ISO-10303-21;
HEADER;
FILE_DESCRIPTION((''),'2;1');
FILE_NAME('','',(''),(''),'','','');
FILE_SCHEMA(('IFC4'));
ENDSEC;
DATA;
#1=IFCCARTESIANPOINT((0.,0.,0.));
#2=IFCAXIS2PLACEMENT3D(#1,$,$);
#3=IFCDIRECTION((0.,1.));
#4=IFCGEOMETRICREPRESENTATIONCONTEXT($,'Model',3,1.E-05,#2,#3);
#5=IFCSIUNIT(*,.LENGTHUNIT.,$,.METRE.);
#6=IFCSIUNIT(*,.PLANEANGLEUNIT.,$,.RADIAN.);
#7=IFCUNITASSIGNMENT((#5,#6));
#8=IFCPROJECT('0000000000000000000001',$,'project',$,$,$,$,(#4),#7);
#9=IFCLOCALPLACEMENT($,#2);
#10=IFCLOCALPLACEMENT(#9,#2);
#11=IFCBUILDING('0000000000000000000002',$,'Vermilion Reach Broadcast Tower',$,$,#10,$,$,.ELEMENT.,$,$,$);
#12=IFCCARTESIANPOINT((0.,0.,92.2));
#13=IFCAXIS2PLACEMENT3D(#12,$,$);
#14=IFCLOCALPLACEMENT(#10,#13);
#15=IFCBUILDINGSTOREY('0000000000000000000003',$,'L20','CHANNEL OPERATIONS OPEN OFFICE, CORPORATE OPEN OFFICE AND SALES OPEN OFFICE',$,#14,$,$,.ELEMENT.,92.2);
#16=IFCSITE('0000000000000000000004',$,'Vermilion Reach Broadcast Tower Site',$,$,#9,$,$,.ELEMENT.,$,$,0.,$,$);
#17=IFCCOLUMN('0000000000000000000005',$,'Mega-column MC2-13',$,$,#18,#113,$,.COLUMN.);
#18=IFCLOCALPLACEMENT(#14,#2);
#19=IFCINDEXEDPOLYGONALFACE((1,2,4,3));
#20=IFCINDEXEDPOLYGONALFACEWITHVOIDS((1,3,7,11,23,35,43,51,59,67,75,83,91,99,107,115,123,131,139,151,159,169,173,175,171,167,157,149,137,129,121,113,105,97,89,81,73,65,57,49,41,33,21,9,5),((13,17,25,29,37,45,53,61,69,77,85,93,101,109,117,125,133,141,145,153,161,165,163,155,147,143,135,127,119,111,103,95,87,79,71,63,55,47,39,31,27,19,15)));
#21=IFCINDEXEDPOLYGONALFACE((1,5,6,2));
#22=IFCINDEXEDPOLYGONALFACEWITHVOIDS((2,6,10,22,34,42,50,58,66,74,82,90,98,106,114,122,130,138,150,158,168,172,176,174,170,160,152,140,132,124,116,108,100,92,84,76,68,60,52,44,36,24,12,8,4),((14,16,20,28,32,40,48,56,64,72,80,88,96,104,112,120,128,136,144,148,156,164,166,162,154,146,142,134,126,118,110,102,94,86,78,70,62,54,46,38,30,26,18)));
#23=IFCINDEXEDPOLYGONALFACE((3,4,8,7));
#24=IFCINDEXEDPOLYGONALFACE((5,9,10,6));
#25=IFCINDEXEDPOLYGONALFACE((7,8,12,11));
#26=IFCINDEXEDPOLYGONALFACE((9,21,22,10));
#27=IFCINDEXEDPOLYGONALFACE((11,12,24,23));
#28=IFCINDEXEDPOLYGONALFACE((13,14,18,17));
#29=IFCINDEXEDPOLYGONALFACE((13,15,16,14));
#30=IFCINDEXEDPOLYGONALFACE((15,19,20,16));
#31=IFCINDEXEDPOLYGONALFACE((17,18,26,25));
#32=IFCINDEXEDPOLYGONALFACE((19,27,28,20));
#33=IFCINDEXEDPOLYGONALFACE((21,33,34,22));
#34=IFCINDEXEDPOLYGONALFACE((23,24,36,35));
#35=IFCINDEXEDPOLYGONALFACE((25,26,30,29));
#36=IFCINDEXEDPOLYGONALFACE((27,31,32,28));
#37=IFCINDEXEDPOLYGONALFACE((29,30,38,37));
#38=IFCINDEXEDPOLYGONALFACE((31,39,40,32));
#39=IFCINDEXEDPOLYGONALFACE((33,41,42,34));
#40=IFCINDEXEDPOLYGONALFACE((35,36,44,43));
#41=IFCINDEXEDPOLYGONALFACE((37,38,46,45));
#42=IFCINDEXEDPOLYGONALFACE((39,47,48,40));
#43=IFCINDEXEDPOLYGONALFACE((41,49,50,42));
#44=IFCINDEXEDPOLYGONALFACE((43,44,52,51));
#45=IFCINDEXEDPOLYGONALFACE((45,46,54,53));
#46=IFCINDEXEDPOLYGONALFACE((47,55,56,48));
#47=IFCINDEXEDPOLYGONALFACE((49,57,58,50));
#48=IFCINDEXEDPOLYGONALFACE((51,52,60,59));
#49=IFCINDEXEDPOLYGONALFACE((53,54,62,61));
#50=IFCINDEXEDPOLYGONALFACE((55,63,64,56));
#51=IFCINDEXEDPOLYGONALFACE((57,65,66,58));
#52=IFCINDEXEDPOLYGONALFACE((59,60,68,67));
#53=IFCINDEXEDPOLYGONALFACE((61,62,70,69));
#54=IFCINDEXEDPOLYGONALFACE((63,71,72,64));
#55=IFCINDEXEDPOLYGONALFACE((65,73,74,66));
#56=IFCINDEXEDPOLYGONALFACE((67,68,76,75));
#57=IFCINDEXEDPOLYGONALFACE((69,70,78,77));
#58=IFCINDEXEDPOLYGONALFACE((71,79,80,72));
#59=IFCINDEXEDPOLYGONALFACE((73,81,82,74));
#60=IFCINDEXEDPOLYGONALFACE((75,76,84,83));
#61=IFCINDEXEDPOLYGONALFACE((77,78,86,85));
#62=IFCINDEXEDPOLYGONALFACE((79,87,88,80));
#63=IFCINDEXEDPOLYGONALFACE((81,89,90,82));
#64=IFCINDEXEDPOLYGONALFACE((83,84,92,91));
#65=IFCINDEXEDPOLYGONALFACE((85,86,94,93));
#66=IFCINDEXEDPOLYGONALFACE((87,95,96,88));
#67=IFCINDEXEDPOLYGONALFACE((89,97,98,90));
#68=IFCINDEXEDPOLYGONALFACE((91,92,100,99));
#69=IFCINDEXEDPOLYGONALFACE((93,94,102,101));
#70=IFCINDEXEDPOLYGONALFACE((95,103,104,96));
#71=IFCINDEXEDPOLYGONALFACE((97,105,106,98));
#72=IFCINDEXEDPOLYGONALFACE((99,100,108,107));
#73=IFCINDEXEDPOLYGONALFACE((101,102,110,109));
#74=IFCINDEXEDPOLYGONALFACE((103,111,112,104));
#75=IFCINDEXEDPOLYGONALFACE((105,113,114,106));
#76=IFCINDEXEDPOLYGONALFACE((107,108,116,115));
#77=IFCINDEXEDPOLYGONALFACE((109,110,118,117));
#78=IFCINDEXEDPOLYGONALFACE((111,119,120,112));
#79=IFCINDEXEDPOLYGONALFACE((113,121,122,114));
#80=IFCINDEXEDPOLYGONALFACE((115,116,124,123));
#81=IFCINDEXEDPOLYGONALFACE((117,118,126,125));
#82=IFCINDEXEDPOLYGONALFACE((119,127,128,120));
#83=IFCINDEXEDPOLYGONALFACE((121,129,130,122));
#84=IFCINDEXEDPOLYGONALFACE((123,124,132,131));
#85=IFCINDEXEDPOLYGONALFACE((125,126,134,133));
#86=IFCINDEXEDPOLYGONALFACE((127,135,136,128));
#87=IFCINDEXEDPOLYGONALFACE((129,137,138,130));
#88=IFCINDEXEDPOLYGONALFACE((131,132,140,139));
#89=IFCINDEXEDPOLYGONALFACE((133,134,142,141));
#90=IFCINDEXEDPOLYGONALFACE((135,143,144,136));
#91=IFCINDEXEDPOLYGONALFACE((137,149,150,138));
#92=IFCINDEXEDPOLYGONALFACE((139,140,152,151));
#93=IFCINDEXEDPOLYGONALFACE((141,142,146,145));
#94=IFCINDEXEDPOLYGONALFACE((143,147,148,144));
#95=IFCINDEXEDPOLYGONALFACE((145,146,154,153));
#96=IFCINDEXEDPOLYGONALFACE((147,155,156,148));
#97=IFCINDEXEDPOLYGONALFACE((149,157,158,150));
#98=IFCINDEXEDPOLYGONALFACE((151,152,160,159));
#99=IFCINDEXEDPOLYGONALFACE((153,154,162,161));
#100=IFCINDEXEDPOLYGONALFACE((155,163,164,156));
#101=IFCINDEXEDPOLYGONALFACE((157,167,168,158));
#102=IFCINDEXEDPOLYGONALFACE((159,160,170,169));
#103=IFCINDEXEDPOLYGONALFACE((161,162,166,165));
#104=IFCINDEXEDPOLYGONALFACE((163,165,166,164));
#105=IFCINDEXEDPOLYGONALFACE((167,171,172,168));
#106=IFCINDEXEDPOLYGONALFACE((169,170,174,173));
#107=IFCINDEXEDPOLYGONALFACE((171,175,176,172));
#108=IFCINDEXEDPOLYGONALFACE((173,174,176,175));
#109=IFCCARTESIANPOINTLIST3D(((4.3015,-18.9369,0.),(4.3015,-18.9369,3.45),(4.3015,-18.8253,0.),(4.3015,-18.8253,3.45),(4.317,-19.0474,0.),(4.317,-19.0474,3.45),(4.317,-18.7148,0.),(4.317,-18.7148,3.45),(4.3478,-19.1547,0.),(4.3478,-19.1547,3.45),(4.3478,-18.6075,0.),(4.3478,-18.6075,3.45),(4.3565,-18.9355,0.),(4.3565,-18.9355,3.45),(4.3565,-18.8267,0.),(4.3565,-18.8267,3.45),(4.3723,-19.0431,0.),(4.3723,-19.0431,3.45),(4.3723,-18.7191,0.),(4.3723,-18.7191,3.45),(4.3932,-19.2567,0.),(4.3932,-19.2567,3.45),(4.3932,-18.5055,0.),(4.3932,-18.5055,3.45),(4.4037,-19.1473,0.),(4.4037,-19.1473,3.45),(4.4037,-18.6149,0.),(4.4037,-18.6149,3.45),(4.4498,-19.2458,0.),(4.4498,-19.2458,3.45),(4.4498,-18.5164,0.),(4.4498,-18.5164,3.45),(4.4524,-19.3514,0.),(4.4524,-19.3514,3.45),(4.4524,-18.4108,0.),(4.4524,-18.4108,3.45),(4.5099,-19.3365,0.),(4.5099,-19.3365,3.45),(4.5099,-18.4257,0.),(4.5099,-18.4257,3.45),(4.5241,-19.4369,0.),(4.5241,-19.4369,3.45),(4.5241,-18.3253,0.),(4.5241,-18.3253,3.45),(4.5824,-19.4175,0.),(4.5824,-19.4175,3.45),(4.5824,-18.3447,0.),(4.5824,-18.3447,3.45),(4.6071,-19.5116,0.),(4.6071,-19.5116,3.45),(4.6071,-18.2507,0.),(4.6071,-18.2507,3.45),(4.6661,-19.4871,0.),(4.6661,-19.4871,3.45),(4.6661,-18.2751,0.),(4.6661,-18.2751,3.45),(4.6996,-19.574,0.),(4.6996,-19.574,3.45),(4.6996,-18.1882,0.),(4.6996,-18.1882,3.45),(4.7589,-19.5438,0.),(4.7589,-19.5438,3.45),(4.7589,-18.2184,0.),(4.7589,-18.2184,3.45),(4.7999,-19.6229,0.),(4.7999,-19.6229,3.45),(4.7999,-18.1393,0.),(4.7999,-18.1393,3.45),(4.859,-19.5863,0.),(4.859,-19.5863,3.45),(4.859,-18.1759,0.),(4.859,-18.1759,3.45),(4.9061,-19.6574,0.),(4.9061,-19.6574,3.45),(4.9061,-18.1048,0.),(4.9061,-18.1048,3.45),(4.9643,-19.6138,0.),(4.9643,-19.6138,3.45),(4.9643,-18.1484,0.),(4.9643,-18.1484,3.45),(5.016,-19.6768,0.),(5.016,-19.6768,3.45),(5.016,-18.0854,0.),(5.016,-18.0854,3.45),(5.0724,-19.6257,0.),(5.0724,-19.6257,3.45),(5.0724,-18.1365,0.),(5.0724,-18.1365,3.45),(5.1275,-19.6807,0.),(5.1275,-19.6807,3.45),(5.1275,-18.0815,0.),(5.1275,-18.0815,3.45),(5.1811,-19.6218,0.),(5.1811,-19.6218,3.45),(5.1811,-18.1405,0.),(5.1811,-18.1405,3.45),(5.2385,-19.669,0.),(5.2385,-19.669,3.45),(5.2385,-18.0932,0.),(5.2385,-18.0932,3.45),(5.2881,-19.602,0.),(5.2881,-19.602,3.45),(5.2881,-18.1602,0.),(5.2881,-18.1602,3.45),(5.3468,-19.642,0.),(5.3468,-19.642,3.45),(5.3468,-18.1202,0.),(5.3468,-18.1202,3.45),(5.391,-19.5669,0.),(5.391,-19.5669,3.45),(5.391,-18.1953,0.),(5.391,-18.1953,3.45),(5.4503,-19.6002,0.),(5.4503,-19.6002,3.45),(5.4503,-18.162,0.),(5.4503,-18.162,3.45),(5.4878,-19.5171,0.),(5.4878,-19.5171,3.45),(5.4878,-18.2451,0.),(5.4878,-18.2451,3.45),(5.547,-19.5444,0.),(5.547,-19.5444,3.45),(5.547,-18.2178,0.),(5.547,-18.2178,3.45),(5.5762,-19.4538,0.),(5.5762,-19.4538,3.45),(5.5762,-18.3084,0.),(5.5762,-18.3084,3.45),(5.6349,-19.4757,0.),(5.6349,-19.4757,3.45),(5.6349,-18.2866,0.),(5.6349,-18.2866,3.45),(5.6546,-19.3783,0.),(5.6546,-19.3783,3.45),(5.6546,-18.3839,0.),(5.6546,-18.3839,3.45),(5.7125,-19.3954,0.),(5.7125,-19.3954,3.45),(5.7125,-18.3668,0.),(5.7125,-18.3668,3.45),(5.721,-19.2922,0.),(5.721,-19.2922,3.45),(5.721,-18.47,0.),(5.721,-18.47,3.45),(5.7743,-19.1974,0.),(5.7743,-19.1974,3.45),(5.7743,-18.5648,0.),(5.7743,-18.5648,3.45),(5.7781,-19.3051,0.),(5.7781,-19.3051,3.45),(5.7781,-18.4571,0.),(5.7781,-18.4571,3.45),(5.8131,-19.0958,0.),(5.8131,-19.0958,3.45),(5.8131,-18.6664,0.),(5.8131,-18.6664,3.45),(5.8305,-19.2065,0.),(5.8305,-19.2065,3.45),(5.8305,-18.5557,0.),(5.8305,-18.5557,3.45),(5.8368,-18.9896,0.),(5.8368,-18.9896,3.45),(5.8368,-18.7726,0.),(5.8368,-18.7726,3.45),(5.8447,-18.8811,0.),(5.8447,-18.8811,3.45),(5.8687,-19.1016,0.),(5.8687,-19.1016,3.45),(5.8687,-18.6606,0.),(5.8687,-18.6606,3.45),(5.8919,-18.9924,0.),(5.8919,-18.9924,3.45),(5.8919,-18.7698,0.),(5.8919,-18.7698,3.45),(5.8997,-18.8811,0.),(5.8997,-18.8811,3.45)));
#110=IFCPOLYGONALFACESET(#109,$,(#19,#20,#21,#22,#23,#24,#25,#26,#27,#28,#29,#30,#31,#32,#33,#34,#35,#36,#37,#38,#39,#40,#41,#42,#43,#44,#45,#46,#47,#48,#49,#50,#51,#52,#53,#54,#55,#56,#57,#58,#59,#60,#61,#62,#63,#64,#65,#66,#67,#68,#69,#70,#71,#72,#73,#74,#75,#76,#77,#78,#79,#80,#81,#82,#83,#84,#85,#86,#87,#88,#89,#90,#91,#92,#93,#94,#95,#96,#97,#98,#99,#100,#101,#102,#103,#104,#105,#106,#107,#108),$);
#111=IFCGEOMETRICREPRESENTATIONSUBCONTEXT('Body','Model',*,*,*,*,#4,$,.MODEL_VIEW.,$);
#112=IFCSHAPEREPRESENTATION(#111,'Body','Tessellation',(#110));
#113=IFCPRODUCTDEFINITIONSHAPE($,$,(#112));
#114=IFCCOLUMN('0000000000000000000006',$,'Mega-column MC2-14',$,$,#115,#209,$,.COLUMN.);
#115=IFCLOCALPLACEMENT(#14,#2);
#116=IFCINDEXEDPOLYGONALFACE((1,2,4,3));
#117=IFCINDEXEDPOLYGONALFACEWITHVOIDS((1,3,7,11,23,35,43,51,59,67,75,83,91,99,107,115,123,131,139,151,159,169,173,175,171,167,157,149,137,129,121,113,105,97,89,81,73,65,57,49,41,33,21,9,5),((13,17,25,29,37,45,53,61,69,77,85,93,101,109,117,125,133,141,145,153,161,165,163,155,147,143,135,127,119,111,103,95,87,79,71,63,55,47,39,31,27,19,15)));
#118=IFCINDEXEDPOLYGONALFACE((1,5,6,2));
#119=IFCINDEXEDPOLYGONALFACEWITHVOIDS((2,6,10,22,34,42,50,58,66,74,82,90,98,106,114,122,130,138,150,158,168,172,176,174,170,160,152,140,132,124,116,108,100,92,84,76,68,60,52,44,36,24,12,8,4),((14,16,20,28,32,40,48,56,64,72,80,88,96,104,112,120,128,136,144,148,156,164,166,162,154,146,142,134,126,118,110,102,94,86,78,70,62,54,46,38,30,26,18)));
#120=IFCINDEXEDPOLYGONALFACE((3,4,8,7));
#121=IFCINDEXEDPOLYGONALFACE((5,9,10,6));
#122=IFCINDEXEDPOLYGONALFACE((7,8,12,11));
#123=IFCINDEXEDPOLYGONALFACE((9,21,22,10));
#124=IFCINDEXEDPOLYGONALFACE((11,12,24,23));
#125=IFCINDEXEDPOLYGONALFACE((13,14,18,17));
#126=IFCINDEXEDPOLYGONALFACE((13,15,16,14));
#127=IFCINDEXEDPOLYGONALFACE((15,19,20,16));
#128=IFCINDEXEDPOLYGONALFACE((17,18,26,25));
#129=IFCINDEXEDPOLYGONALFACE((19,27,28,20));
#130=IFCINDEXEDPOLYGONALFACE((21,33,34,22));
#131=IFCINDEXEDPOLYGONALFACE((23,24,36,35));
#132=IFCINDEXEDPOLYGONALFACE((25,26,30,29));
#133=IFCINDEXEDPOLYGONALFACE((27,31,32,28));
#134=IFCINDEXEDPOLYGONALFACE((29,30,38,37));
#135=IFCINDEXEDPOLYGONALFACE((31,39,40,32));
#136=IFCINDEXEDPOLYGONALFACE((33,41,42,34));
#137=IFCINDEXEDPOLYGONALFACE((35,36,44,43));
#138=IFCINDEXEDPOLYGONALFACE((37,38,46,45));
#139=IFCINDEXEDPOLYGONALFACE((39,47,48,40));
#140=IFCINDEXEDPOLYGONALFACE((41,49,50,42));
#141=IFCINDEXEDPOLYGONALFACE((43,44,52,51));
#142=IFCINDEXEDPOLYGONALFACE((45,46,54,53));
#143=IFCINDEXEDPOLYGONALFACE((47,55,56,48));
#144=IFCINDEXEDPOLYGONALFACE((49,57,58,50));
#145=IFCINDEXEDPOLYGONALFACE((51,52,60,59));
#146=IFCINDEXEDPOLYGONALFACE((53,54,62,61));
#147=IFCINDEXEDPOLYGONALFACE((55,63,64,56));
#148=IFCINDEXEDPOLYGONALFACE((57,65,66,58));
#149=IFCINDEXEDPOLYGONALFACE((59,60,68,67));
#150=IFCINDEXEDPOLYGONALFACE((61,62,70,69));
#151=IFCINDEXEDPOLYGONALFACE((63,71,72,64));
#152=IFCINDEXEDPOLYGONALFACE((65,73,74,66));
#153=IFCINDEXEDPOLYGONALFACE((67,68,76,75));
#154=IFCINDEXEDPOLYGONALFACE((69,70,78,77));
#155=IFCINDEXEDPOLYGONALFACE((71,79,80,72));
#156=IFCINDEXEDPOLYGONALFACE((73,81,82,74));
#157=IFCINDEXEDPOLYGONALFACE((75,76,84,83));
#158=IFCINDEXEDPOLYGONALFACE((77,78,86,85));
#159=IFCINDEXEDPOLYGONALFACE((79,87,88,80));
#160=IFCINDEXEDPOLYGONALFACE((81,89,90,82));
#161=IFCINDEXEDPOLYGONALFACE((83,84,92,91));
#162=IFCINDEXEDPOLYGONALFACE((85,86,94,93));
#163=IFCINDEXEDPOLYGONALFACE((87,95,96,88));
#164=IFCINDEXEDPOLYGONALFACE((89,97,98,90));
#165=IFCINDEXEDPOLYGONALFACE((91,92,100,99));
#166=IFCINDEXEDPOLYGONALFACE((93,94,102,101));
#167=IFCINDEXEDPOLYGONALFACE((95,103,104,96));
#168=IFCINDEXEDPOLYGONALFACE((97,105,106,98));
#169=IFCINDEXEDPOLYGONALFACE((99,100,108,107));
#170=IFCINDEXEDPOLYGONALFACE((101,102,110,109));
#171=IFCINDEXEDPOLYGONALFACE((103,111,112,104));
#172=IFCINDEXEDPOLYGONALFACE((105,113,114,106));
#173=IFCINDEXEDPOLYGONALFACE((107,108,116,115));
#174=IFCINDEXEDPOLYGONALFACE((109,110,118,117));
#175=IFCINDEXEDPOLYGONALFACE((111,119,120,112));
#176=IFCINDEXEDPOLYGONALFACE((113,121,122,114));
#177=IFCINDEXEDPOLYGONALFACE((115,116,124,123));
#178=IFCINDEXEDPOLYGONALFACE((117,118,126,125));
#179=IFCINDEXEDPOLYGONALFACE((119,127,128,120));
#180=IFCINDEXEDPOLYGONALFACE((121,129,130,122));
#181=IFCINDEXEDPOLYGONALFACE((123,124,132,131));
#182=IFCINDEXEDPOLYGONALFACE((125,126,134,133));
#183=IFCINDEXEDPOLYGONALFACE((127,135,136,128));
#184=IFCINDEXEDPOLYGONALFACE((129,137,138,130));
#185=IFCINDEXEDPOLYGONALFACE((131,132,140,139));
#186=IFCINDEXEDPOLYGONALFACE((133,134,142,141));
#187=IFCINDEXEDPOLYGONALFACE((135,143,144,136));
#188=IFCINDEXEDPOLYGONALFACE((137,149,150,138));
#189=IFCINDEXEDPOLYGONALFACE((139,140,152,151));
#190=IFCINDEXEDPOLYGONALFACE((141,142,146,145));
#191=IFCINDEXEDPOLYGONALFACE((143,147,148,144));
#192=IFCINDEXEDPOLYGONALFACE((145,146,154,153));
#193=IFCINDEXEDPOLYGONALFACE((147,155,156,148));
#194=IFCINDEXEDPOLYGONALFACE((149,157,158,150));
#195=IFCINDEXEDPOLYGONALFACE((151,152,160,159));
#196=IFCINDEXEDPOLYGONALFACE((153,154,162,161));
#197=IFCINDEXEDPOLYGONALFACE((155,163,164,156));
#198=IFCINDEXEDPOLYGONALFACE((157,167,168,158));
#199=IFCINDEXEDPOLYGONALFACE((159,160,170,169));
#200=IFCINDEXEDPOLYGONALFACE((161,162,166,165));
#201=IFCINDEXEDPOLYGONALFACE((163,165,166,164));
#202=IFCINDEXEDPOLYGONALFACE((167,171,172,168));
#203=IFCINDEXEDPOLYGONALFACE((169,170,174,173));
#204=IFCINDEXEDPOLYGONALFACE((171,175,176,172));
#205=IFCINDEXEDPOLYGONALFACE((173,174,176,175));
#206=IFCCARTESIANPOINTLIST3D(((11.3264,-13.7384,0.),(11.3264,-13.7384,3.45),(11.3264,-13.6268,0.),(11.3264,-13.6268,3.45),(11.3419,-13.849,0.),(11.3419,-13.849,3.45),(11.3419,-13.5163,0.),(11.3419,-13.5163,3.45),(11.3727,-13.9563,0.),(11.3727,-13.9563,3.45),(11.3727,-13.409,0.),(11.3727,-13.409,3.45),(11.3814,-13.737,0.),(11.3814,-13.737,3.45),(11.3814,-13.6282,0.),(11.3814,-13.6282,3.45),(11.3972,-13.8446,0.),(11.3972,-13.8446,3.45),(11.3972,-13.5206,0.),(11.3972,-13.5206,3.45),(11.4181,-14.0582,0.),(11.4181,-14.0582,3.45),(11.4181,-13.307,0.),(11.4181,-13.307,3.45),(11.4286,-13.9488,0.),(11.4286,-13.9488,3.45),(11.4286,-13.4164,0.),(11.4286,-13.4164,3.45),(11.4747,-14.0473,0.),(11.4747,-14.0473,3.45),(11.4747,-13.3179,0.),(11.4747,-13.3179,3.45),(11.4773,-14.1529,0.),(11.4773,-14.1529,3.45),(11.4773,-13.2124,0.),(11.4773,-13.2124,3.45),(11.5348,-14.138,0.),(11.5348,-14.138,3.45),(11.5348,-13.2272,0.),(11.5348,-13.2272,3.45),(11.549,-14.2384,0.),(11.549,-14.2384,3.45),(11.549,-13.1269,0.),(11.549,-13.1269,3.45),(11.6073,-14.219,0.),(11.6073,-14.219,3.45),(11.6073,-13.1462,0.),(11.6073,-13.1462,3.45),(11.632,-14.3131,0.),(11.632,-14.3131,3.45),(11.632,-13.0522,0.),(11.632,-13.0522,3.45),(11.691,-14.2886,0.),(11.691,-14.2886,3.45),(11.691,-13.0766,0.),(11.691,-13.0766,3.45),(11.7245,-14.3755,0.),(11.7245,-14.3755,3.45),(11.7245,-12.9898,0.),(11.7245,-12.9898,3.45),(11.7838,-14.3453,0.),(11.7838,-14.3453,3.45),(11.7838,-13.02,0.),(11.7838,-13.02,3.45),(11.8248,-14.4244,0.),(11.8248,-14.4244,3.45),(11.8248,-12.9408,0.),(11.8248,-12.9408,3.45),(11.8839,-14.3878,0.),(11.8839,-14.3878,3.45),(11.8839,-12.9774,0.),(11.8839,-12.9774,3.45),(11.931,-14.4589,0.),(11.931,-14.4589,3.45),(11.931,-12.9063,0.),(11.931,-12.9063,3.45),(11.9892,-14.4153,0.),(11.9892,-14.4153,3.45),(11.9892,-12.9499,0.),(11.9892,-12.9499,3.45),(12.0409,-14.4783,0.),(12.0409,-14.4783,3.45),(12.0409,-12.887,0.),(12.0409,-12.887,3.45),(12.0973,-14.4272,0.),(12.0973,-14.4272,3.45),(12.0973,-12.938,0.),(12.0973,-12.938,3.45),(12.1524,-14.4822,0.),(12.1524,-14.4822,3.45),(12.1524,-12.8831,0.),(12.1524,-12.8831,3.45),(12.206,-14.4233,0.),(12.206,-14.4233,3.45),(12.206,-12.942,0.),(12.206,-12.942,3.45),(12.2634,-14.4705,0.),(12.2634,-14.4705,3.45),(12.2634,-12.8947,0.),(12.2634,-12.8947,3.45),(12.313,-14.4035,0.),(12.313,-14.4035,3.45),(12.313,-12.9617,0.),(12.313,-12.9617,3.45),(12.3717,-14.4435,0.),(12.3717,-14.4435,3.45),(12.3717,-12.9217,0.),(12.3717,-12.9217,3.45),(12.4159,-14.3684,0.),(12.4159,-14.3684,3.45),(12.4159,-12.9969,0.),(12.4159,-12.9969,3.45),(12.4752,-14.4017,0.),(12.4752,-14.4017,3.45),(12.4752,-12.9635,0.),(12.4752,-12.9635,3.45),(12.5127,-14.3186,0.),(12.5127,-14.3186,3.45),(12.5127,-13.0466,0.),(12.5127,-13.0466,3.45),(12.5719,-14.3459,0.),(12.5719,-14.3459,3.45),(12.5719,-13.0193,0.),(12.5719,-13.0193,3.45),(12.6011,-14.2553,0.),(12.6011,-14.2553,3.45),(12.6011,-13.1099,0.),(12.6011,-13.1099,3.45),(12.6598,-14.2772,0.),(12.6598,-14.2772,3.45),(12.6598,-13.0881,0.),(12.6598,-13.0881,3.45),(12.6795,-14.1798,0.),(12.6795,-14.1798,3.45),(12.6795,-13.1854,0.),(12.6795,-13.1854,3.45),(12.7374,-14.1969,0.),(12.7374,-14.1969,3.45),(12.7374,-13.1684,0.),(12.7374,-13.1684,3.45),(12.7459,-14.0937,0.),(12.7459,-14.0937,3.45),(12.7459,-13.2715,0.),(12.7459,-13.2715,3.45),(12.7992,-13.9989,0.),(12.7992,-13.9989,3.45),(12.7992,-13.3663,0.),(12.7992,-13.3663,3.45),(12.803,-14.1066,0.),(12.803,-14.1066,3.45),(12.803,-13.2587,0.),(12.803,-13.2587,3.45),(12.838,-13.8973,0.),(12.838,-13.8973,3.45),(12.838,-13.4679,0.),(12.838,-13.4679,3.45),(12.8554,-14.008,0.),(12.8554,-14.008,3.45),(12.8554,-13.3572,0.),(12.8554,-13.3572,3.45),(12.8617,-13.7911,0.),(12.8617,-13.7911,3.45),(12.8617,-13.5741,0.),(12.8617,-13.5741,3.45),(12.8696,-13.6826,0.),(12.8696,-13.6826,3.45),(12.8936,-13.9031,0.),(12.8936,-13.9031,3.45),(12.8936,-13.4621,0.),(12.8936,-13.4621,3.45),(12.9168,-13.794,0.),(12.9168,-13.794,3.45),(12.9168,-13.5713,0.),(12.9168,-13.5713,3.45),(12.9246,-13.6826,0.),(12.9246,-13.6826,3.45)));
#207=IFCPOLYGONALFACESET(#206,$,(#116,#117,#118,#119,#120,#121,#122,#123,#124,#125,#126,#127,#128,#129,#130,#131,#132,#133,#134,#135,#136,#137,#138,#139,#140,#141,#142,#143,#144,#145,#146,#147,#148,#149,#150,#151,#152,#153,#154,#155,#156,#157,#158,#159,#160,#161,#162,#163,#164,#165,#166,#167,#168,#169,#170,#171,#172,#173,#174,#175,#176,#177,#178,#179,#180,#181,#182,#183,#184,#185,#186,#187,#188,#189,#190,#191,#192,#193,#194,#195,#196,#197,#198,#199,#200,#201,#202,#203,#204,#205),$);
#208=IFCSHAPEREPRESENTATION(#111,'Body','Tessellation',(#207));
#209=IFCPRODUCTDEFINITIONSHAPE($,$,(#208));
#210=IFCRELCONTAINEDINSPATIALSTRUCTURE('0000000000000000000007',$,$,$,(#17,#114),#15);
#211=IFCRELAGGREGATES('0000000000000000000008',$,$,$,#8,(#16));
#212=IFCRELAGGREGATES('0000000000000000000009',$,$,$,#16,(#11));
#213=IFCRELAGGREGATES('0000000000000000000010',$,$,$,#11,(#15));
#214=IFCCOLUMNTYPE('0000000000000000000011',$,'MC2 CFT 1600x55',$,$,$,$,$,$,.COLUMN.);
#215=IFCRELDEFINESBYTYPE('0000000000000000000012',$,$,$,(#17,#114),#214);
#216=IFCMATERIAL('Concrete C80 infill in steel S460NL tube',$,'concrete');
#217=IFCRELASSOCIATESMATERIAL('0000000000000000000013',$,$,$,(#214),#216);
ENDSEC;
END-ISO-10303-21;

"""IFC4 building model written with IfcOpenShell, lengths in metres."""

from ifc_helpers import new_model, si_unit, direction, frame, origin, origin_2d, place, context, subcontext, project, spatial, hollow_circle, extrude, material, material_profile, profile_set, type_object, element, save


model = new_model("IFC4")

# Units and contexts
model_context = context("Model", 3, precision=1e-05, world=origin(), true_north=direction((0.0, 1.0)))
body_context = subcontext(model_context, "Body", "Model", "MODEL_VIEW")
ifc_project = project(units=[si_unit("LENGTHUNIT", "METRE"), si_unit("PLANEANGLEUNIT", "RADIAN")], contexts=[model_context])

# Site, building, storey
site_placement = place(None, origin())
site = spatial("IfcSite", under=ifc_project, at=site_placement, Name="Vermilion Reach Broadcast Tower Site", CompositionType="ELEMENT", RefElevation=0.0)
building_placement = place(site_placement, origin())
building = spatial("IfcBuilding", under=site, at=building_placement, Name="Vermilion Reach Broadcast Tower", CompositionType="ELEMENT")
storey_placement = place(building_placement, frame((0.0, 0.0, 92.2)))
storey = spatial("IfcBuildingStorey", under=building, at=storey_placement, Name="L20", Description="CHANNEL OPERATIONS OPEN OFFICE, CORPORATE OPEN OFFICE AND SALES OPEN OFFICE", CompositionType="ELEMENT", Elevation=92.2)

# Columns
ifc_material_1 = material(Name="Concrete C80 infill in steel S460NL tube", Category="concrete")
ifc_material_profile_1 = material_profile(ifc_material_1, hollow_circle(Radius=0.8, WallThickness=0.0549, at=origin_2d()), Name="Concrete C80 infill in steel S460NL tube CFT 1600x55")
ifc_profile_set_1 = profile_set([ifc_material_profile_1], Name="Concrete C80 infill in steel S460NL tube")
column_type = type_object("IfcColumnType", Name="MC2 CFT 1600x55", PredefinedType="COLUMN", material=ifc_profile_set_1)
for number, where, z_axis, x_axis, name in (
    (1, (5.0996, -18.8811, 0.0), (0.0, 0.0, 1.0), (1.0, 0.0, 0.0), "Mega-column MC2-13"),
    (2, (12.1245, -13.6826, 0.0), (0.0, 0.0, 1.0), (1.0, 0.0, 0.0), "Mega-column MC2-14"),
):
    element("IfcColumn", number, at=place(storey_placement, frame(where, z_axis=z_axis, x_axis=x_axis)), inside=storey, type_object=column_type, Name=name, PredefinedType="COLUMN", context=body_context, shape_type="SweptSolid", body=[
        extrude(hollow_circle(Radius=0.8, WallThickness=0.0549, at=origin_2d()), origin(), (0.0, 0.0, 1.0), 3.45),
    ])

save(model, "model.ifc")
